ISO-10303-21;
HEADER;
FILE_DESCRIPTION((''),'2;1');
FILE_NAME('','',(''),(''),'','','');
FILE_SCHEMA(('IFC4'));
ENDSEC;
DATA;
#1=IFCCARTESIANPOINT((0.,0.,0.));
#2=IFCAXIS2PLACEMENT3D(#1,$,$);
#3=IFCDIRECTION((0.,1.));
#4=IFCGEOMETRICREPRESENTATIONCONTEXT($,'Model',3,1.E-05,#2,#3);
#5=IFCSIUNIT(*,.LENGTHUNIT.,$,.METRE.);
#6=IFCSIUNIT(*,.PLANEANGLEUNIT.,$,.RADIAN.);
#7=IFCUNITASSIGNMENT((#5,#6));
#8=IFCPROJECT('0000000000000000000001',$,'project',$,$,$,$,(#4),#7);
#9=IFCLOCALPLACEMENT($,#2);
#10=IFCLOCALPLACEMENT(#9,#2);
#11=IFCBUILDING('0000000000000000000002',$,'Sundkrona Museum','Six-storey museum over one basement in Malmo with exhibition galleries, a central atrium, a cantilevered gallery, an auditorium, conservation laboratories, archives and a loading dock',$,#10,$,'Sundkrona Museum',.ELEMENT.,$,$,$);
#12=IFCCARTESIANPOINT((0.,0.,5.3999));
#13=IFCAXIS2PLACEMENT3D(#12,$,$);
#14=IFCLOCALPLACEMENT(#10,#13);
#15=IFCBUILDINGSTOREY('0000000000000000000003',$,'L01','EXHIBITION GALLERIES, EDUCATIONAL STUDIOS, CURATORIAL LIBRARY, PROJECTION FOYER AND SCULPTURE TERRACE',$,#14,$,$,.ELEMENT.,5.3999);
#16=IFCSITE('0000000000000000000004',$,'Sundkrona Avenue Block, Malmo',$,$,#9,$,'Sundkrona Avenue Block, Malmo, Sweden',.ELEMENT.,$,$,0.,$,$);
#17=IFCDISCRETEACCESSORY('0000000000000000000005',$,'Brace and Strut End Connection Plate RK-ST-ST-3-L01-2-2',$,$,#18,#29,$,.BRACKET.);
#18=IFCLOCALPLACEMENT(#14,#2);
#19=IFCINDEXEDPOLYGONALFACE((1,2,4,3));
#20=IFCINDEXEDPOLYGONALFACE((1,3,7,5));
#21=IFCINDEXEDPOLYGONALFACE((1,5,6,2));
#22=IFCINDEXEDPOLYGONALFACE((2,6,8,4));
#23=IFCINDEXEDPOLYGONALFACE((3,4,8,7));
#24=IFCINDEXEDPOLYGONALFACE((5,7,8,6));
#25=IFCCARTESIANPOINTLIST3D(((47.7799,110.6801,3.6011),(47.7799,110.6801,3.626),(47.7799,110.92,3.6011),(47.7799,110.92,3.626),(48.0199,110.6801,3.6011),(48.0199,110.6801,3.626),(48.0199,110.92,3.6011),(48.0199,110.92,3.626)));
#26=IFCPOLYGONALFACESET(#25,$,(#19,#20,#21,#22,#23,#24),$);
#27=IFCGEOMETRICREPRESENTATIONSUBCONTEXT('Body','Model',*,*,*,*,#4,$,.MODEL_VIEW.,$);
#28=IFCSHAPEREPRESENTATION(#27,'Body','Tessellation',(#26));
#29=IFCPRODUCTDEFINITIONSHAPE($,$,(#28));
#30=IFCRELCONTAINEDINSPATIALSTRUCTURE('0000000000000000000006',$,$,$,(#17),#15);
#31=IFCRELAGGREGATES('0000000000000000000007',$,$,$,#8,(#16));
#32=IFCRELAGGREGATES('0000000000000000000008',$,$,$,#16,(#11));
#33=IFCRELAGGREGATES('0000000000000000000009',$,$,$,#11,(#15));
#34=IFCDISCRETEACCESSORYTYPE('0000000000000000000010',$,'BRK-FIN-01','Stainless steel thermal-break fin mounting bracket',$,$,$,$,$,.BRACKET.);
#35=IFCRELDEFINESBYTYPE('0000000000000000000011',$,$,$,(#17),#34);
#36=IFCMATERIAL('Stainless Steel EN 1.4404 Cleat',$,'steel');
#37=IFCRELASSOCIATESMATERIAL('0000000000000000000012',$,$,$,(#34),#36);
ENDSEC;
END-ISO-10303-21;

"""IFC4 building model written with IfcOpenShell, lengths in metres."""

from ifc_helpers import new_model, si_unit, direction, frame, origin, origin_2d, place, context, subcontext, project, spatial, rectangle, extrude, material, type_object, element, save


model = new_model("IFC4")

# Units and contexts
model_context = context("Model", 3, precision=1e-05, world=origin(), true_north=direction((0.0, 1.0)))
body_context = subcontext(model_context, "Body", "Model", "MODEL_VIEW")
ifc_project = project(units=[si_unit("LENGTHUNIT", "METRE"), si_unit("PLANEANGLEUNIT", "RADIAN")], contexts=[model_context])

# Site, building, storey
site_placement = place(None, origin())
site = spatial("IfcSite", under=ifc_project, at=site_placement, Name="Sundkrona Avenue Block, Malmo", LongName="Sundkrona Avenue Block, Malmo, Sweden", CompositionType="ELEMENT", RefElevation=0.0)
building_placement = place(site_placement, origin())
building = spatial("IfcBuilding", under=site, at=building_placement, Name="Sundkrona Museum", Description="Six-storey museum over one basement in Malmo with exhibition galleries, a central atrium, a cantilevered gallery, an auditorium, conservation laboratories, archives and a loading dock", LongName="Sundkrona Museum", CompositionType="ELEMENT")
storey_placement = place(building_placement, frame((0.0, 0.0, 5.3999)))
storey = spatial("IfcBuildingStorey", under=building, at=storey_placement, Name="L01", Description="EXHIBITION GALLERIES, EDUCATIONAL STUDIOS, CURATORIAL LIBRARY, PROJECTION FOYER AND SCULPTURE TERRACE", CompositionType="ELEMENT", Elevation=5.3999)

# Discrete accessory
ifc_material_1 = material(Name="Stainless Steel EN 1.4404 Cleat", Category="steel")
discrete_accessory_type = type_object("IfcDiscreteAccessoryType", Name="BRK-FIN-01", Description="Stainless steel thermal-break fin mounting bracket", PredefinedType="BRACKET", material=ifc_material_1)
for number, where, z_axis, x_axis, name in (
    (1, (47.8999, 110.8, 3.6011), (0.0, 0.0, 1.0), (1.0, 0.0, 0.0), "Brace and Strut End Connection Plate RK-ST-ST-3-L01-2-2"),
):
    element("IfcDiscreteAccessory", number, at=place(storey_placement, frame(where, z_axis=z_axis, x_axis=x_axis)), inside=storey, type_object=discrete_accessory_type, Name=name, PredefinedType="BRACKET", context=body_context, shape_type="SweptSolid", body=[
        extrude(rectangle(XDim=0.24, YDim=0.24, at=origin_2d()), origin(), (0.0, 0.0, 1.0), 0.0249),
    ])

save(model, "model.ifc")
